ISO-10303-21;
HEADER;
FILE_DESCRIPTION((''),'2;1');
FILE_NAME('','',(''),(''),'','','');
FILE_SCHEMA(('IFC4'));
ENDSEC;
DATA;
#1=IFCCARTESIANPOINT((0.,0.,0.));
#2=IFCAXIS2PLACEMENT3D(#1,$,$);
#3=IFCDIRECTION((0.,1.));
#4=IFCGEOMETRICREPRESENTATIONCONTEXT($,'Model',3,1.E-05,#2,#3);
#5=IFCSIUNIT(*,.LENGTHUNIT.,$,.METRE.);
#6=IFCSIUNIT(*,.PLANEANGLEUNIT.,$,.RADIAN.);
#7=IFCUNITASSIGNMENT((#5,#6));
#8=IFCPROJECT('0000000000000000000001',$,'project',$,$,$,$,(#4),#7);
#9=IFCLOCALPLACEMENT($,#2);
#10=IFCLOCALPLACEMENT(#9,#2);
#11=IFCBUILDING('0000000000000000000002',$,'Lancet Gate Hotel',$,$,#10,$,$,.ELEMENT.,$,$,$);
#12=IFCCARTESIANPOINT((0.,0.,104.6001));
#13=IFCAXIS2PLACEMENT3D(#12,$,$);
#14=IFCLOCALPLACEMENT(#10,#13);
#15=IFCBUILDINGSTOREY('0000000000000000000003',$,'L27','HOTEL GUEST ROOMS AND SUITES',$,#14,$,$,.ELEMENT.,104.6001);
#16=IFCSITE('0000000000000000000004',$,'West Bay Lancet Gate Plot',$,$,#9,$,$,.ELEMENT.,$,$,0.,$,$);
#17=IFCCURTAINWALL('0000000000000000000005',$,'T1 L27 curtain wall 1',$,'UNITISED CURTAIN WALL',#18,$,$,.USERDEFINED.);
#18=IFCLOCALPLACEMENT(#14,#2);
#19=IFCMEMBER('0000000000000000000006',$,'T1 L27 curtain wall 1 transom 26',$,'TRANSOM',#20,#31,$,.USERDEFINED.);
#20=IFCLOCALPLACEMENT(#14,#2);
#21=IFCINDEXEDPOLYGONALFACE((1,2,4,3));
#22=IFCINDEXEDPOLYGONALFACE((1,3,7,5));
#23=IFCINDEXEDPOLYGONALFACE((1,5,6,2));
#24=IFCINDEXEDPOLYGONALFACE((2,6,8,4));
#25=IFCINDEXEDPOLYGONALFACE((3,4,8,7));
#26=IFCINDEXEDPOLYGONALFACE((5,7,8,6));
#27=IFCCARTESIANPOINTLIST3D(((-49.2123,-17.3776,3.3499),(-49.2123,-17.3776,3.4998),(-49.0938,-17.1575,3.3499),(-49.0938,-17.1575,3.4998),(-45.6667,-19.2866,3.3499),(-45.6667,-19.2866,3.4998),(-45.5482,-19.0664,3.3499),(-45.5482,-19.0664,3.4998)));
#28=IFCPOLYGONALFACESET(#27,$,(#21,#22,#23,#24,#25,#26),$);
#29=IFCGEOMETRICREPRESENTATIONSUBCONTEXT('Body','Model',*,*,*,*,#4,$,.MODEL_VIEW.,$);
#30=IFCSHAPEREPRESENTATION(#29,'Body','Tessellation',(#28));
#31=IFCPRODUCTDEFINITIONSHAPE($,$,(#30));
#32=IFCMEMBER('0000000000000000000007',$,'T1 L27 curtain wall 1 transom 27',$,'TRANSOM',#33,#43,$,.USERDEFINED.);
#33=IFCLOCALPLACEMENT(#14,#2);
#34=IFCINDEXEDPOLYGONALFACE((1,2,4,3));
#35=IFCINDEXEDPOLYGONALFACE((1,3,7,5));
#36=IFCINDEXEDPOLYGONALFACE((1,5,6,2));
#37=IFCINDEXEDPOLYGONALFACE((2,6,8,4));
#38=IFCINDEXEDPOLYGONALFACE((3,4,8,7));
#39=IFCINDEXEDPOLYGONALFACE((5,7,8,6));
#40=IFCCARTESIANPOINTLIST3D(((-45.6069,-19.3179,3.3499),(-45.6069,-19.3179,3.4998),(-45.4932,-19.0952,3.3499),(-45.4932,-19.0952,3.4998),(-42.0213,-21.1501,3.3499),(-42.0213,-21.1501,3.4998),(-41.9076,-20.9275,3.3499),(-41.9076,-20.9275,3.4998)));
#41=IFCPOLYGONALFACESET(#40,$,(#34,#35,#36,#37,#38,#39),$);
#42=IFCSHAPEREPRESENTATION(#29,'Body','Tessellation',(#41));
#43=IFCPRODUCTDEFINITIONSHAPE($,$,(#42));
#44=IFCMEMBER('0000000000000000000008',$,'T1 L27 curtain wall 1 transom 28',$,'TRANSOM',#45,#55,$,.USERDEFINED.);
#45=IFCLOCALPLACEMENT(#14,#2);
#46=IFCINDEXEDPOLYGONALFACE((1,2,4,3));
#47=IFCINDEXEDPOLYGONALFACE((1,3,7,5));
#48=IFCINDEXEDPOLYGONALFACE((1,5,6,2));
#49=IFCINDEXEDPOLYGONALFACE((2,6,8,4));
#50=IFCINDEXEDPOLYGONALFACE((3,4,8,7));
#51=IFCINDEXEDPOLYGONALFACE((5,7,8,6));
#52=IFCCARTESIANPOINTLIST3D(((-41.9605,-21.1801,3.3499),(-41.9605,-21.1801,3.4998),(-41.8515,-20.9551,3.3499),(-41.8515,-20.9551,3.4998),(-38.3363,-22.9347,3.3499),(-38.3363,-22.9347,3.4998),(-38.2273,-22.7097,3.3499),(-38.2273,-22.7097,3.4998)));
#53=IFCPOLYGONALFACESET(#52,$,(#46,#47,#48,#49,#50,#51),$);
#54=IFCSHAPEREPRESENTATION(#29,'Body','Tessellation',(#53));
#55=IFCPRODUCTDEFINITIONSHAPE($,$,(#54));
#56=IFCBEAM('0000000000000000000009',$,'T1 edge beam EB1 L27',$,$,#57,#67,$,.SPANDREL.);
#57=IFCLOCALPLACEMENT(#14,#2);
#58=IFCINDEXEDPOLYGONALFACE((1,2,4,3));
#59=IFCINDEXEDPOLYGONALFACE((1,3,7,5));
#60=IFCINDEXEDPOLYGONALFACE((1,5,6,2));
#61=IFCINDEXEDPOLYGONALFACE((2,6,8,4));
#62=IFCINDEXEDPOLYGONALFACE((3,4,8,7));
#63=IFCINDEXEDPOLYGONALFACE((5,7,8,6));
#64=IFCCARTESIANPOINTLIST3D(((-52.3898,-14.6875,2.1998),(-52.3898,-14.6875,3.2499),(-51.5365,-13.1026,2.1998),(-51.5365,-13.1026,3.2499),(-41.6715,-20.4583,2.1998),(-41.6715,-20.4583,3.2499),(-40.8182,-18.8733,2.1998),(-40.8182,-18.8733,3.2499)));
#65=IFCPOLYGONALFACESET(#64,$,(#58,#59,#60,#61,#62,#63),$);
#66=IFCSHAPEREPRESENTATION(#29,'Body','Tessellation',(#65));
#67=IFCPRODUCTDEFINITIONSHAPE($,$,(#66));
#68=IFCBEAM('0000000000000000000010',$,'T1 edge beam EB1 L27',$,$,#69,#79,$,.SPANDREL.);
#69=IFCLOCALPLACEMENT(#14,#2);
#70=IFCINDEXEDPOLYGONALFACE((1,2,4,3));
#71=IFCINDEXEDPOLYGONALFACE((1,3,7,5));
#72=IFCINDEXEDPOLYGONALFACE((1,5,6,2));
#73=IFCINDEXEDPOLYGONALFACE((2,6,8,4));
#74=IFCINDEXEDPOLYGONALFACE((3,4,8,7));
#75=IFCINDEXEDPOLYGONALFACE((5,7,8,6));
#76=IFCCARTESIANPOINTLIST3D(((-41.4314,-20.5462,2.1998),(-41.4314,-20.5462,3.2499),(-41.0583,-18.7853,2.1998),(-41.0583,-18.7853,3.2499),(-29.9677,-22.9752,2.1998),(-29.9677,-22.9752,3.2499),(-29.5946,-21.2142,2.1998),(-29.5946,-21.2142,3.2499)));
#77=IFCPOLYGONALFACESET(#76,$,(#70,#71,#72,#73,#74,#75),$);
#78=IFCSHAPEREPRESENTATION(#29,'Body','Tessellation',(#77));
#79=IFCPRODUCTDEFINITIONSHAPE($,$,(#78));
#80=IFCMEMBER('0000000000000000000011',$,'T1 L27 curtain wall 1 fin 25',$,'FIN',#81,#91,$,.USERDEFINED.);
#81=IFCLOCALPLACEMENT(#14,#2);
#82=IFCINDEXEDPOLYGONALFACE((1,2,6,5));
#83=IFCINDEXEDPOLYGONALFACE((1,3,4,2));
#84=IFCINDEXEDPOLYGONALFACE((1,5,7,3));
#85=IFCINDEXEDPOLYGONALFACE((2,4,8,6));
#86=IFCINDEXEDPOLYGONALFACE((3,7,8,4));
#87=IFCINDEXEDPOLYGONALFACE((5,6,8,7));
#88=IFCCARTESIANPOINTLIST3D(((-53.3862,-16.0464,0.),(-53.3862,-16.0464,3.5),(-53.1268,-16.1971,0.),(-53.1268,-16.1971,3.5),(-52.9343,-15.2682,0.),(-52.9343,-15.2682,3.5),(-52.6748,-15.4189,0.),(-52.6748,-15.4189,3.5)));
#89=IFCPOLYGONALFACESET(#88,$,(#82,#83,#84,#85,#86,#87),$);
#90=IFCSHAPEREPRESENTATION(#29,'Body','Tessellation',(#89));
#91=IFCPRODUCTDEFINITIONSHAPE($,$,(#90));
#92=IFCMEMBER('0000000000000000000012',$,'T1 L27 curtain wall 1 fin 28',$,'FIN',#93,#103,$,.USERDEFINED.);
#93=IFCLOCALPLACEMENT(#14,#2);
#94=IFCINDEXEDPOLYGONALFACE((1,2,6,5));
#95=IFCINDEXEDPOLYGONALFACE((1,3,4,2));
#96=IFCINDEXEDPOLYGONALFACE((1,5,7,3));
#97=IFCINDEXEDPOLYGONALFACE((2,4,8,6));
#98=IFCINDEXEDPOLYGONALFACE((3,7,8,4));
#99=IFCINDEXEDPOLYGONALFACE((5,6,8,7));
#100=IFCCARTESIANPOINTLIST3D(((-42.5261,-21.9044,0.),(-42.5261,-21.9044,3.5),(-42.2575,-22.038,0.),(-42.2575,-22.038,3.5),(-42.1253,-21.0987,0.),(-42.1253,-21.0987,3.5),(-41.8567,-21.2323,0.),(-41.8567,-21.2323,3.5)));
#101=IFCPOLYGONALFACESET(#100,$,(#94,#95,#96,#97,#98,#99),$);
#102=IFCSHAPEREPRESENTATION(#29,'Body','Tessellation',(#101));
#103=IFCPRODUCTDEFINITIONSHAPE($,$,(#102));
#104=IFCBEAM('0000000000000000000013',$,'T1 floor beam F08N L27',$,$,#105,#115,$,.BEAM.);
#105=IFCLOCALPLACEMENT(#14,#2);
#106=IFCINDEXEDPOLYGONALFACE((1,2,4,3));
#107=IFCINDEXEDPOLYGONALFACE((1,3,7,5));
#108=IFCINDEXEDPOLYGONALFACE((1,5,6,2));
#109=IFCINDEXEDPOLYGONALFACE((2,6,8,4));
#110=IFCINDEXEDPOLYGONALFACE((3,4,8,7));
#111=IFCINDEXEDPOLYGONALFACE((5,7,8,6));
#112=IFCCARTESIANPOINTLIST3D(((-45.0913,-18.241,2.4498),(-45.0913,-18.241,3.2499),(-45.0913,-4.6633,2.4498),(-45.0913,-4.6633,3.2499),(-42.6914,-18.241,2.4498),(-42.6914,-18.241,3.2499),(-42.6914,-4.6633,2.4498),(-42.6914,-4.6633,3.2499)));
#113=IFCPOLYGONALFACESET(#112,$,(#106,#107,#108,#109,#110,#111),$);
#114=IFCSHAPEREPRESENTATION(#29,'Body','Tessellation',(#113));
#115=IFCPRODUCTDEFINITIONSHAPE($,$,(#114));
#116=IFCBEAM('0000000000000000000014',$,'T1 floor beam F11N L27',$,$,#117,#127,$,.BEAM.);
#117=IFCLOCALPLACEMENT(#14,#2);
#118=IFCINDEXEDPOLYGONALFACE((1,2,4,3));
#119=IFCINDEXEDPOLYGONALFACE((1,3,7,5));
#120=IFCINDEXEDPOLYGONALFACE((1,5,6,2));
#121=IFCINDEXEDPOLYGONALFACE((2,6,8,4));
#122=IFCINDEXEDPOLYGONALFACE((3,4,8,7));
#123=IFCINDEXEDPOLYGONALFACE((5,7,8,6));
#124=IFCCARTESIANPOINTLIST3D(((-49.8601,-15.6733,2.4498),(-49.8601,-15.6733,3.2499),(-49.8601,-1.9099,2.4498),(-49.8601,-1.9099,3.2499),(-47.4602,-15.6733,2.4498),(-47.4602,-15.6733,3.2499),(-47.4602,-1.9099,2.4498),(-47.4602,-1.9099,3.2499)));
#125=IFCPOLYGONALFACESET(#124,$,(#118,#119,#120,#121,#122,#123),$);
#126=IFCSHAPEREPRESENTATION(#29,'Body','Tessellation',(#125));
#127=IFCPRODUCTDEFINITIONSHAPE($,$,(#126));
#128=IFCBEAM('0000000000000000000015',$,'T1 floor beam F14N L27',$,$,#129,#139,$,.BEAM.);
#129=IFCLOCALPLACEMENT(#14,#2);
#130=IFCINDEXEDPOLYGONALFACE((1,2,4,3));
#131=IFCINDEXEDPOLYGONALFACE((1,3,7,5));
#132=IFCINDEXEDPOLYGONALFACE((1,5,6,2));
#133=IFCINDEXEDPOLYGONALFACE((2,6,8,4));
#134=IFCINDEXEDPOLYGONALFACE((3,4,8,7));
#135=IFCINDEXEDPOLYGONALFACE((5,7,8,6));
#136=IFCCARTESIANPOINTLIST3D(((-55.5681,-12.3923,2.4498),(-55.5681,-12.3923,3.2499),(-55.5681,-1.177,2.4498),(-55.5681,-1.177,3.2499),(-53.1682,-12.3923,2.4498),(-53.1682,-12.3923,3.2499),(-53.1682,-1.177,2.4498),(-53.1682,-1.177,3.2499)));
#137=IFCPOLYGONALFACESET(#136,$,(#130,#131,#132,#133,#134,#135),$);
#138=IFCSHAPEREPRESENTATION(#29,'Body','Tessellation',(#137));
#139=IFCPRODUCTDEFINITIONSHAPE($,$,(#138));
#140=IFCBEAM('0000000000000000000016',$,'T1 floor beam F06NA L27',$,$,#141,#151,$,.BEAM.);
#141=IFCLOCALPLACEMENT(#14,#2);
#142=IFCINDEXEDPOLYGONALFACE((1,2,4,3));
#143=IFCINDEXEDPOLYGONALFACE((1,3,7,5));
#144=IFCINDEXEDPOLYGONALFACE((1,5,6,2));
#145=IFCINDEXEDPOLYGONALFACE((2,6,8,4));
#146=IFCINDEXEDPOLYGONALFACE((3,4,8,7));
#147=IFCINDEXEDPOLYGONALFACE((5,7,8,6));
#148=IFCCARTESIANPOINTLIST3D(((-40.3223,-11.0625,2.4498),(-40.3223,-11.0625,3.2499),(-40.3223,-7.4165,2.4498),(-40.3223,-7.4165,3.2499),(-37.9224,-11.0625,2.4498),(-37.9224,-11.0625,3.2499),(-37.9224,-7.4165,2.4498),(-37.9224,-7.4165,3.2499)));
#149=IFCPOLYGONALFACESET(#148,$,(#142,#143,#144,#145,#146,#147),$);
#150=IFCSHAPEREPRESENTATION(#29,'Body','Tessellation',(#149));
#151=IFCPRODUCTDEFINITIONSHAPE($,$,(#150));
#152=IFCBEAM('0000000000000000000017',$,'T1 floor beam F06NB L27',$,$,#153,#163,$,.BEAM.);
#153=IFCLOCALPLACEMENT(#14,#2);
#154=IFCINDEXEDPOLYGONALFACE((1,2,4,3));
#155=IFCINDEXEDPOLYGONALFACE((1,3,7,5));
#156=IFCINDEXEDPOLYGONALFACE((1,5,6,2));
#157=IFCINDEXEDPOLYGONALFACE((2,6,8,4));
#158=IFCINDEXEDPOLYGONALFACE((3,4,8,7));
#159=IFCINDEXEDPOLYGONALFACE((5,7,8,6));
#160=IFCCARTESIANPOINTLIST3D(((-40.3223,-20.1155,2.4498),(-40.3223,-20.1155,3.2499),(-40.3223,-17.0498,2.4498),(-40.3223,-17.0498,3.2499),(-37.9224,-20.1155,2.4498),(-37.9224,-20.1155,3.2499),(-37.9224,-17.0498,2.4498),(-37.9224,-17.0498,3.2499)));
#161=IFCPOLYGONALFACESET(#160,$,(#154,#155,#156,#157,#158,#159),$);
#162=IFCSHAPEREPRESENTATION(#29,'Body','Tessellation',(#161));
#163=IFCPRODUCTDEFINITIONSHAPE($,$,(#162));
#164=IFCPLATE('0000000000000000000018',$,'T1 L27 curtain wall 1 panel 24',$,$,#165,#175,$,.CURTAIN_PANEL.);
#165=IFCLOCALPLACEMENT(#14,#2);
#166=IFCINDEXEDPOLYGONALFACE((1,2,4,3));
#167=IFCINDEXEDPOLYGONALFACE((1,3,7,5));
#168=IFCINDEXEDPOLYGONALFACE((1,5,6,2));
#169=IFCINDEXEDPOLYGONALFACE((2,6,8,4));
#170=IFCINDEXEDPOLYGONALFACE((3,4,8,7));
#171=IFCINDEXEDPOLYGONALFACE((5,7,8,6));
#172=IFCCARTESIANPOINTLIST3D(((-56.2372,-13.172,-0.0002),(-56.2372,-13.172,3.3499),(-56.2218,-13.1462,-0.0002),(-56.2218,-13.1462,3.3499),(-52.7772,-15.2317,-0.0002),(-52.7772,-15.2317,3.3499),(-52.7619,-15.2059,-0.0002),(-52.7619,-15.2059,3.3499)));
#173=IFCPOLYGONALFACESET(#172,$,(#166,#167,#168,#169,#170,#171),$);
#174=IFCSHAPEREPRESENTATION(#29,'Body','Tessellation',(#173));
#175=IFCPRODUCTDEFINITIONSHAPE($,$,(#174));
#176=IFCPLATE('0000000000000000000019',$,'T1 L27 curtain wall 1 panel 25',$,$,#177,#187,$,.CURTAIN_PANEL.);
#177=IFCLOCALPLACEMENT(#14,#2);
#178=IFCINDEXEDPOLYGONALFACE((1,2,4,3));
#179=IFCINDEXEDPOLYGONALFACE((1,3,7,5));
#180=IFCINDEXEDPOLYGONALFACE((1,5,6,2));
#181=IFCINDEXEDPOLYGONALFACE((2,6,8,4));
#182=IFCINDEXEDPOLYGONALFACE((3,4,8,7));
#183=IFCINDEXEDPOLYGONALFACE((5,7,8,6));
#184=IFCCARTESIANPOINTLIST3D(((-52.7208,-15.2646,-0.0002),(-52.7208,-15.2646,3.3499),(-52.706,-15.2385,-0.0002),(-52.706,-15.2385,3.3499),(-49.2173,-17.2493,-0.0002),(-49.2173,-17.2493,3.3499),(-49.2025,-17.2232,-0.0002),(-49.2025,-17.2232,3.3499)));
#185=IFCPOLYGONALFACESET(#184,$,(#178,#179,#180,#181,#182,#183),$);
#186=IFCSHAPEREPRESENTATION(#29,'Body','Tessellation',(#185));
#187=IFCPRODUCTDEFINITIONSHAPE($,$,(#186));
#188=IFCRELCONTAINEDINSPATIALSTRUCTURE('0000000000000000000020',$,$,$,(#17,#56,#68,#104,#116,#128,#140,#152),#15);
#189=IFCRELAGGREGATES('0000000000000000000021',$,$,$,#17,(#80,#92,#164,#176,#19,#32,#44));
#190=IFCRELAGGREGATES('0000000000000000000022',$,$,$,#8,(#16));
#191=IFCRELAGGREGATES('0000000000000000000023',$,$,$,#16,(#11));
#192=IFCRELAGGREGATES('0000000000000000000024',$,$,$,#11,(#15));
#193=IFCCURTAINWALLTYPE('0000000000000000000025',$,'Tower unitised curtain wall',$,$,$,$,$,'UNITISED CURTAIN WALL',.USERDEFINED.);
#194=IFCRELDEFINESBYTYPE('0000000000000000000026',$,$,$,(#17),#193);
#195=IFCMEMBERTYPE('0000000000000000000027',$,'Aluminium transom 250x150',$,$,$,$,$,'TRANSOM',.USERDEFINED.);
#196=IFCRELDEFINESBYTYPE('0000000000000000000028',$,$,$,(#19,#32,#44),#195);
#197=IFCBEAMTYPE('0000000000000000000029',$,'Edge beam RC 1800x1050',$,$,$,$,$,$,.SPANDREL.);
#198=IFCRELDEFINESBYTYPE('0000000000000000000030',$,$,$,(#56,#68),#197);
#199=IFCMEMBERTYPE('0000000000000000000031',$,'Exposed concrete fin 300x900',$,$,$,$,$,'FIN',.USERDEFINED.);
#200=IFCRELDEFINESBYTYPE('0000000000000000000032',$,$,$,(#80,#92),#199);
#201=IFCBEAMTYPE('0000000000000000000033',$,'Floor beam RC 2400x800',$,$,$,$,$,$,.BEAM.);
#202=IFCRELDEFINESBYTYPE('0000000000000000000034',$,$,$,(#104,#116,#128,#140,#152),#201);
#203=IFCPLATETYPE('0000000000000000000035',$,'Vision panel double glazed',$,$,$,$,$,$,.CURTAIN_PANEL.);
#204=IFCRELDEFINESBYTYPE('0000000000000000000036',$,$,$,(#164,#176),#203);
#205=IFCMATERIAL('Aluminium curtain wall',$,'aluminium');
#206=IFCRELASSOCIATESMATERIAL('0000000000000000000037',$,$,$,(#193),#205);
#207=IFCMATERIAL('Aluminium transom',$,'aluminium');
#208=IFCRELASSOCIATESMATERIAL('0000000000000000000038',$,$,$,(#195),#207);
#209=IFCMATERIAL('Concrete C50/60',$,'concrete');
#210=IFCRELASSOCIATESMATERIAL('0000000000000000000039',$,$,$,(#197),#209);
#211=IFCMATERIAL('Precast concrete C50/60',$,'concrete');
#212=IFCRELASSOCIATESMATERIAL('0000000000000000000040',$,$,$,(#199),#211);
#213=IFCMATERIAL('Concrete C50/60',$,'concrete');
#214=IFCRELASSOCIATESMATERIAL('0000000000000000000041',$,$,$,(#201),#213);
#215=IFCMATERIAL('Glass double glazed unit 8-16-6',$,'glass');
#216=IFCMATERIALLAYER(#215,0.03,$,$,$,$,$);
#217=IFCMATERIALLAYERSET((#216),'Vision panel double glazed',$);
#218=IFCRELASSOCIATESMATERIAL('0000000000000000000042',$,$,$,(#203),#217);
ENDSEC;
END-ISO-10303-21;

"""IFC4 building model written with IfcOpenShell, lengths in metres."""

from ifc_helpers import new_model, si_unit, direction, frame, origin, origin_2d, place, context, subcontext, project, spatial, rectangle, extrude, material, layer, layer_set, material_profile, profile_set, type_object, element, aggregate, save


model = new_model("IFC4")

# Units and contexts
model_context = context("Model", 3, precision=1e-05, world=origin(), true_north=direction((0.0, 1.0)))
body_context = subcontext(model_context, "Body", "Model", "MODEL_VIEW")
ifc_project = project(units=[si_unit("LENGTHUNIT", "METRE"), si_unit("PLANEANGLEUNIT", "RADIAN")], contexts=[model_context])

# Site, building, storey
site_placement = place(None, origin())
site = spatial("IfcSite", under=ifc_project, at=site_placement, Name="West Bay Lancet Gate Plot", CompositionType="ELEMENT", RefElevation=0.0)
building_placement = place(site_placement, origin())
building = spatial("IfcBuilding", under=site, at=building_placement, Name="Lancet Gate Hotel", CompositionType="ELEMENT")
storey_placement = place(building_placement, frame((0.0, 0.0, 104.6001)))
storey = spatial("IfcBuildingStorey", under=building, at=storey_placement, Name="L27", Description="HOTEL GUEST ROOMS AND SUITES", CompositionType="ELEMENT", Elevation=104.6001)

# Curtain wall, members
ifc_material_1 = material(Name="Aluminium curtain wall", Category="aluminium")
curtain_wall_type = type_object("IfcCurtainWallType", Name="Tower unitised curtain wall", ElementType="UNITISED CURTAIN WALL", PredefinedType="USERDEFINED", material=ifc_material_1)
curtain_wall_placement = place(storey_placement, origin())
curtain_wall = element("IfcCurtainWall", 1, at=curtain_wall_placement, inside=storey, type_object=curtain_wall_type, Name="T1 L27 curtain wall 1", ObjectType="UNITISED CURTAIN WALL", PredefinedType="USERDEFINED")
ifc_material_2 = material(Name="Aluminium transom", Category="aluminium")
ifc_material_profile_1 = material_profile(ifc_material_2, rectangle(XDim=0.25, YDim=0.1499, at=origin_2d()), Name="TRANSOM 250x150")
ifc_profile_set_1 = profile_set([ifc_material_profile_1], Name="Aluminium transom")
member_type_1 = type_object("IfcMemberType", Name="Aluminium transom 250x150", ElementType="TRANSOM", PredefinedType="USERDEFINED", material=ifc_profile_set_1)
member_1_placement = place(storey_placement, frame((-49.1531, -17.2676, 3.4248), z_axis=(0.880498, -0.474049, 0.0), x_axis=(0.474049, 0.880498, 0.0)))
member_1 = element("IfcMember", 2, at=member_1_placement, type_object=member_type_1, Name="T1 L27 curtain wall 1 transom 26", ObjectType="TRANSOM", PredefinedType="USERDEFINED", context=body_context, shape_type="SweptSolid", body=[
    extrude(rectangle(XDim=0.25, YDim=0.1499, at=origin_2d()), origin(), (0.0, 0.0, 1.0), 4.0269),
])
member_2_placement = place(storey_placement, frame((-45.55, -19.2065, 3.4248), z_axis=(0.890476, -0.45503, 0.0), x_axis=(0.45503, 0.890476, 0.0)))
member_2 = element("IfcMember", 3, at=member_2_placement, type_object=member_type_1, Name="T1 L27 curtain wall 1 transom 27", ObjectType="TRANSOM", PredefinedType="USERDEFINED", context=body_context, shape_type="SweptSolid", body=[
    extrude(rectangle(XDim=0.25, YDim=0.1499, at=origin_2d()), origin(), (0.0, 0.0, 1.0), 4.0266),
])
member_3_placement = place(storey_placement, frame((-41.906, -21.0676, 3.4248), z_axis=(0.900066, -0.435754, 0.0), x_axis=(0.435754, 0.900066, 0.0)))
member_3 = element("IfcMember", 4, at=member_3_placement, type_object=member_type_1, Name="T1 L27 curtain wall 1 transom 28", ObjectType="TRANSOM", PredefinedType="USERDEFINED", context=body_context, shape_type="SweptSolid", body=[
    extrude(rectangle(XDim=0.25, YDim=0.1499, at=origin_2d()), origin(), (0.0, 0.0, 1.0), 4.0266),
])

# Beams
ifc_material_3 = material(Name="Concrete C50/60", Category="concrete")
ifc_material_profile_2 = material_profile(ifc_material_3, rectangle(XDim=1.8, YDim=1.05, at=origin_2d()), Name="RC 1800x1050")
ifc_profile_set_2 = profile_set([ifc_material_profile_2], Name="Concrete C50/60")
beam_type_1 = type_object("IfcBeamType", Name="Edge beam RC 1800x1050", PredefinedType="SPANDREL", material=ifc_profile_set_2)
beam_1_placement = place(storey_placement, frame((-51.9631, -13.895, 2.7249), z_axis=(0.880492, -0.47406, 0.0), x_axis=(0.47406, 0.880492, 0.0)))
element("IfcBeam", 5, at=beam_1_placement, inside=storey, type_object=beam_type_1, Name="T1 edge beam EB1 L27", PredefinedType="SPANDREL", context=body_context, shape_type="SweptSolid", body=[
    extrude(rectangle(XDim=1.8, YDim=1.05, at=origin_2d()), origin(), (0.0, 0.0, 1.0), 12.1731),
])
beam_2_placement = place(storey_placement, frame((-41.2449, -19.6658, 2.7249), z_axis=(0.978282, -0.207278, 0.0), x_axis=(0.207278, 0.978282, 0.0)))
element("IfcBeam", 6, at=beam_2_placement, inside=storey, type_object=beam_type_1, Name="T1 edge beam EB1 L27", PredefinedType="SPANDREL", context=body_context, shape_type="SweptSolid", body=[
    extrude(rectangle(XDim=1.8, YDim=1.05, at=origin_2d()), origin(), (0.0, 0.0, 1.0), 11.7183),
])

# Members
ifc_material_4 = material(Name="Precast concrete C50/60", Category="concrete")
ifc_material_profile_3 = material_profile(ifc_material_4, rectangle(XDim=0.3, YDim=0.8999, at=origin_2d()), Name="FIN 300x900")
ifc_profile_set_3 = profile_set([ifc_material_profile_3], Name="Precast concrete C50/60")
member_type_2 = type_object("IfcMemberType", Name="Exposed concrete fin 300x900", ElementType="FIN", PredefinedType="USERDEFINED", material=ifc_profile_set_3)
member_4_placement = place(storey_placement, frame((-53.0305, -15.7327, 0.0), z_axis=(0.0, 0.0, 1.0), x_axis=(0.864728, -0.502241, 0.0)))
member_4 = element("IfcMember", 7, at=member_4_placement, type_object=member_type_2, Name="T1 L27 curtain wall 1 fin 25", ObjectType="FIN", PredefinedType="USERDEFINED", context=body_context, shape_type="SweptSolid", body=[
    extrude(rectangle(XDim=0.3, YDim=0.8999, at=origin_2d()), origin(), (0.0, 0.0, 1.0), 3.5),
])
member_5_placement = place(storey_placement, frame((-42.1914, -21.5684, 0.0), z_axis=(0.0, 0.0, 1.0), x_axis=(0.895339, -0.445384, 0.0)))
member_5 = element("IfcMember", 8, at=member_5_placement, type_object=member_type_2, Name="T1 L27 curtain wall 1 fin 28", ObjectType="FIN", PredefinedType="USERDEFINED", context=body_context, shape_type="SweptSolid", body=[
    extrude(rectangle(XDim=0.3, YDim=0.8999, at=origin_2d()), origin(), (0.0, 0.0, 1.0), 3.5),
])

# Beams
ifc_material_5 = material(Name="Concrete C50/60", Category="concrete")
ifc_material_profile_4 = material_profile(ifc_material_5, rectangle(XDim=2.3999, YDim=0.8, at=origin_2d()), Name="RC 2400x800")
ifc_profile_set_4 = profile_set([ifc_material_profile_4], Name="Concrete C50/60")
beam_type_2 = type_object("IfcBeamType", Name="Floor beam RC 2400x800", PredefinedType="BEAM", material=ifc_profile_set_4)
beam_3_placement = place(storey_placement, frame((-43.8914, -4.6633, 2.8499), z_axis=(0.0, -1.0, 0.0), x_axis=(1.0, 0.0, 0.0)))
element("IfcBeam", 9, at=beam_3_placement, inside=storey, type_object=beam_type_2, Name="T1 floor beam F08N L27", PredefinedType="BEAM", context=body_context, shape_type="SweptSolid", body=[
    extrude(rectangle(XDim=2.3999, YDim=0.8, at=origin_2d()), origin(), (0.0, 0.0, 1.0), 13.5776),
])
beam_4_placement = place(storey_placement, frame((-48.6602, -1.9099, 2.8499), z_axis=(0.0, -1.0, 0.0), x_axis=(1.0, 0.0, 0.0)))
element("IfcBeam", 10, at=beam_4_placement, inside=storey, type_object=beam_type_2, Name="T1 floor beam F11N L27", PredefinedType="BEAM", context=body_context, shape_type="SweptSolid", body=[
    extrude(rectangle(XDim=2.3999, YDim=0.8, at=origin_2d()), origin(), (0.0, 0.0, 1.0), 13.7634),
])
beam_5_placement = place(storey_placement, frame((-54.3682, -1.177, 2.8499), z_axis=(0.0, -1.0, 0.0), x_axis=(1.0, 0.0, 0.0)))
element("IfcBeam", 11, at=beam_5_placement, inside=storey, type_object=beam_type_2, Name="T1 floor beam F14N L27", PredefinedType="BEAM", context=body_context, shape_type="SweptSolid", body=[
    extrude(rectangle(XDim=2.3999, YDim=0.8, at=origin_2d()), origin(), (0.0, 0.0, 1.0), 11.2153),
])
beam_6_placement = place(storey_placement, frame((-39.1223, -7.4165, 2.8499), z_axis=(0.0, -1.0, 0.0), x_axis=(1.0, 0.0, 0.0)))
element("IfcBeam", 12, at=beam_6_placement, inside=storey, type_object=beam_type_2, Name="T1 floor beam F06NA L27", PredefinedType="BEAM", context=body_context, shape_type="SweptSolid", body=[
    extrude(rectangle(XDim=2.3999, YDim=0.8, at=origin_2d()), origin(), (0.0, 0.0, 1.0), 3.646),
])
beam_7_placement = place(storey_placement, frame((-39.1223, -17.0498, 2.8499), z_axis=(0.0, -1.0, 0.0), x_axis=(1.0, 0.0, 0.0)))
element("IfcBeam", 13, at=beam_7_placement, inside=storey, type_object=beam_type_2, Name="T1 floor beam F06NB L27", PredefinedType="BEAM", context=body_context, shape_type="SweptSolid", body=[
    extrude(rectangle(XDim=2.3999, YDim=0.8, at=origin_2d()), origin(), (0.0, 0.0, 1.0), 3.0657),
])

# Plates
ifc_material_6 = material(Name="Glass double glazed unit 8-16-6", Category="glass")
ifc_layer_1 = layer(ifc_material_6, 0.03)
ifc_layer_set_1 = layer_set([ifc_layer_1], Name="Vision panel double glazed")
plate_type = type_object("IfcPlateType", Name="Vision panel double glazed", PredefinedType="CURTAIN_PANEL", material=ifc_layer_set_1)
plate_1_placement = place(storey_placement, frame((-54.4995, -14.189, -0.0002), z_axis=(0.0, 0.0, 1.0), x_axis=(0.859271, -0.51152, 0.0)))
plate_1 = element("IfcPlate", 14, at=plate_1_placement, type_object=plate_type, Name="T1 L27 curtain wall 1 panel 24", PredefinedType="CURTAIN_PANEL", context=body_context, shape_type="SweptSolid", body=[
    extrude(rectangle(XDim=4.0266, YDim=0.03, at=origin_2d()), origin(), (0.0, 0.0, 1.0), 3.3501),
])
plate_2_placement = place(storey_placement, frame((-50.9617, -16.2439, -0.0002), z_axis=(0.0, 0.0, 1.0), x_axis=(0.870084, -0.492904, 0.0)))
plate_2 = element("IfcPlate", 15, at=plate_2_placement, type_object=plate_type, Name="T1 L27 curtain wall 1 panel 25", PredefinedType="CURTAIN_PANEL", context=body_context, shape_type="SweptSolid", body=[
    extrude(rectangle(XDim=4.0266, YDim=0.03, at=origin_2d()), origin(), (0.0, 0.0, 1.0), 3.3501),
])
aggregate(curtain_wall, [member_4, member_5, plate_1, plate_2, member_1, member_2, member_3])

save(model, "model.ifc")
